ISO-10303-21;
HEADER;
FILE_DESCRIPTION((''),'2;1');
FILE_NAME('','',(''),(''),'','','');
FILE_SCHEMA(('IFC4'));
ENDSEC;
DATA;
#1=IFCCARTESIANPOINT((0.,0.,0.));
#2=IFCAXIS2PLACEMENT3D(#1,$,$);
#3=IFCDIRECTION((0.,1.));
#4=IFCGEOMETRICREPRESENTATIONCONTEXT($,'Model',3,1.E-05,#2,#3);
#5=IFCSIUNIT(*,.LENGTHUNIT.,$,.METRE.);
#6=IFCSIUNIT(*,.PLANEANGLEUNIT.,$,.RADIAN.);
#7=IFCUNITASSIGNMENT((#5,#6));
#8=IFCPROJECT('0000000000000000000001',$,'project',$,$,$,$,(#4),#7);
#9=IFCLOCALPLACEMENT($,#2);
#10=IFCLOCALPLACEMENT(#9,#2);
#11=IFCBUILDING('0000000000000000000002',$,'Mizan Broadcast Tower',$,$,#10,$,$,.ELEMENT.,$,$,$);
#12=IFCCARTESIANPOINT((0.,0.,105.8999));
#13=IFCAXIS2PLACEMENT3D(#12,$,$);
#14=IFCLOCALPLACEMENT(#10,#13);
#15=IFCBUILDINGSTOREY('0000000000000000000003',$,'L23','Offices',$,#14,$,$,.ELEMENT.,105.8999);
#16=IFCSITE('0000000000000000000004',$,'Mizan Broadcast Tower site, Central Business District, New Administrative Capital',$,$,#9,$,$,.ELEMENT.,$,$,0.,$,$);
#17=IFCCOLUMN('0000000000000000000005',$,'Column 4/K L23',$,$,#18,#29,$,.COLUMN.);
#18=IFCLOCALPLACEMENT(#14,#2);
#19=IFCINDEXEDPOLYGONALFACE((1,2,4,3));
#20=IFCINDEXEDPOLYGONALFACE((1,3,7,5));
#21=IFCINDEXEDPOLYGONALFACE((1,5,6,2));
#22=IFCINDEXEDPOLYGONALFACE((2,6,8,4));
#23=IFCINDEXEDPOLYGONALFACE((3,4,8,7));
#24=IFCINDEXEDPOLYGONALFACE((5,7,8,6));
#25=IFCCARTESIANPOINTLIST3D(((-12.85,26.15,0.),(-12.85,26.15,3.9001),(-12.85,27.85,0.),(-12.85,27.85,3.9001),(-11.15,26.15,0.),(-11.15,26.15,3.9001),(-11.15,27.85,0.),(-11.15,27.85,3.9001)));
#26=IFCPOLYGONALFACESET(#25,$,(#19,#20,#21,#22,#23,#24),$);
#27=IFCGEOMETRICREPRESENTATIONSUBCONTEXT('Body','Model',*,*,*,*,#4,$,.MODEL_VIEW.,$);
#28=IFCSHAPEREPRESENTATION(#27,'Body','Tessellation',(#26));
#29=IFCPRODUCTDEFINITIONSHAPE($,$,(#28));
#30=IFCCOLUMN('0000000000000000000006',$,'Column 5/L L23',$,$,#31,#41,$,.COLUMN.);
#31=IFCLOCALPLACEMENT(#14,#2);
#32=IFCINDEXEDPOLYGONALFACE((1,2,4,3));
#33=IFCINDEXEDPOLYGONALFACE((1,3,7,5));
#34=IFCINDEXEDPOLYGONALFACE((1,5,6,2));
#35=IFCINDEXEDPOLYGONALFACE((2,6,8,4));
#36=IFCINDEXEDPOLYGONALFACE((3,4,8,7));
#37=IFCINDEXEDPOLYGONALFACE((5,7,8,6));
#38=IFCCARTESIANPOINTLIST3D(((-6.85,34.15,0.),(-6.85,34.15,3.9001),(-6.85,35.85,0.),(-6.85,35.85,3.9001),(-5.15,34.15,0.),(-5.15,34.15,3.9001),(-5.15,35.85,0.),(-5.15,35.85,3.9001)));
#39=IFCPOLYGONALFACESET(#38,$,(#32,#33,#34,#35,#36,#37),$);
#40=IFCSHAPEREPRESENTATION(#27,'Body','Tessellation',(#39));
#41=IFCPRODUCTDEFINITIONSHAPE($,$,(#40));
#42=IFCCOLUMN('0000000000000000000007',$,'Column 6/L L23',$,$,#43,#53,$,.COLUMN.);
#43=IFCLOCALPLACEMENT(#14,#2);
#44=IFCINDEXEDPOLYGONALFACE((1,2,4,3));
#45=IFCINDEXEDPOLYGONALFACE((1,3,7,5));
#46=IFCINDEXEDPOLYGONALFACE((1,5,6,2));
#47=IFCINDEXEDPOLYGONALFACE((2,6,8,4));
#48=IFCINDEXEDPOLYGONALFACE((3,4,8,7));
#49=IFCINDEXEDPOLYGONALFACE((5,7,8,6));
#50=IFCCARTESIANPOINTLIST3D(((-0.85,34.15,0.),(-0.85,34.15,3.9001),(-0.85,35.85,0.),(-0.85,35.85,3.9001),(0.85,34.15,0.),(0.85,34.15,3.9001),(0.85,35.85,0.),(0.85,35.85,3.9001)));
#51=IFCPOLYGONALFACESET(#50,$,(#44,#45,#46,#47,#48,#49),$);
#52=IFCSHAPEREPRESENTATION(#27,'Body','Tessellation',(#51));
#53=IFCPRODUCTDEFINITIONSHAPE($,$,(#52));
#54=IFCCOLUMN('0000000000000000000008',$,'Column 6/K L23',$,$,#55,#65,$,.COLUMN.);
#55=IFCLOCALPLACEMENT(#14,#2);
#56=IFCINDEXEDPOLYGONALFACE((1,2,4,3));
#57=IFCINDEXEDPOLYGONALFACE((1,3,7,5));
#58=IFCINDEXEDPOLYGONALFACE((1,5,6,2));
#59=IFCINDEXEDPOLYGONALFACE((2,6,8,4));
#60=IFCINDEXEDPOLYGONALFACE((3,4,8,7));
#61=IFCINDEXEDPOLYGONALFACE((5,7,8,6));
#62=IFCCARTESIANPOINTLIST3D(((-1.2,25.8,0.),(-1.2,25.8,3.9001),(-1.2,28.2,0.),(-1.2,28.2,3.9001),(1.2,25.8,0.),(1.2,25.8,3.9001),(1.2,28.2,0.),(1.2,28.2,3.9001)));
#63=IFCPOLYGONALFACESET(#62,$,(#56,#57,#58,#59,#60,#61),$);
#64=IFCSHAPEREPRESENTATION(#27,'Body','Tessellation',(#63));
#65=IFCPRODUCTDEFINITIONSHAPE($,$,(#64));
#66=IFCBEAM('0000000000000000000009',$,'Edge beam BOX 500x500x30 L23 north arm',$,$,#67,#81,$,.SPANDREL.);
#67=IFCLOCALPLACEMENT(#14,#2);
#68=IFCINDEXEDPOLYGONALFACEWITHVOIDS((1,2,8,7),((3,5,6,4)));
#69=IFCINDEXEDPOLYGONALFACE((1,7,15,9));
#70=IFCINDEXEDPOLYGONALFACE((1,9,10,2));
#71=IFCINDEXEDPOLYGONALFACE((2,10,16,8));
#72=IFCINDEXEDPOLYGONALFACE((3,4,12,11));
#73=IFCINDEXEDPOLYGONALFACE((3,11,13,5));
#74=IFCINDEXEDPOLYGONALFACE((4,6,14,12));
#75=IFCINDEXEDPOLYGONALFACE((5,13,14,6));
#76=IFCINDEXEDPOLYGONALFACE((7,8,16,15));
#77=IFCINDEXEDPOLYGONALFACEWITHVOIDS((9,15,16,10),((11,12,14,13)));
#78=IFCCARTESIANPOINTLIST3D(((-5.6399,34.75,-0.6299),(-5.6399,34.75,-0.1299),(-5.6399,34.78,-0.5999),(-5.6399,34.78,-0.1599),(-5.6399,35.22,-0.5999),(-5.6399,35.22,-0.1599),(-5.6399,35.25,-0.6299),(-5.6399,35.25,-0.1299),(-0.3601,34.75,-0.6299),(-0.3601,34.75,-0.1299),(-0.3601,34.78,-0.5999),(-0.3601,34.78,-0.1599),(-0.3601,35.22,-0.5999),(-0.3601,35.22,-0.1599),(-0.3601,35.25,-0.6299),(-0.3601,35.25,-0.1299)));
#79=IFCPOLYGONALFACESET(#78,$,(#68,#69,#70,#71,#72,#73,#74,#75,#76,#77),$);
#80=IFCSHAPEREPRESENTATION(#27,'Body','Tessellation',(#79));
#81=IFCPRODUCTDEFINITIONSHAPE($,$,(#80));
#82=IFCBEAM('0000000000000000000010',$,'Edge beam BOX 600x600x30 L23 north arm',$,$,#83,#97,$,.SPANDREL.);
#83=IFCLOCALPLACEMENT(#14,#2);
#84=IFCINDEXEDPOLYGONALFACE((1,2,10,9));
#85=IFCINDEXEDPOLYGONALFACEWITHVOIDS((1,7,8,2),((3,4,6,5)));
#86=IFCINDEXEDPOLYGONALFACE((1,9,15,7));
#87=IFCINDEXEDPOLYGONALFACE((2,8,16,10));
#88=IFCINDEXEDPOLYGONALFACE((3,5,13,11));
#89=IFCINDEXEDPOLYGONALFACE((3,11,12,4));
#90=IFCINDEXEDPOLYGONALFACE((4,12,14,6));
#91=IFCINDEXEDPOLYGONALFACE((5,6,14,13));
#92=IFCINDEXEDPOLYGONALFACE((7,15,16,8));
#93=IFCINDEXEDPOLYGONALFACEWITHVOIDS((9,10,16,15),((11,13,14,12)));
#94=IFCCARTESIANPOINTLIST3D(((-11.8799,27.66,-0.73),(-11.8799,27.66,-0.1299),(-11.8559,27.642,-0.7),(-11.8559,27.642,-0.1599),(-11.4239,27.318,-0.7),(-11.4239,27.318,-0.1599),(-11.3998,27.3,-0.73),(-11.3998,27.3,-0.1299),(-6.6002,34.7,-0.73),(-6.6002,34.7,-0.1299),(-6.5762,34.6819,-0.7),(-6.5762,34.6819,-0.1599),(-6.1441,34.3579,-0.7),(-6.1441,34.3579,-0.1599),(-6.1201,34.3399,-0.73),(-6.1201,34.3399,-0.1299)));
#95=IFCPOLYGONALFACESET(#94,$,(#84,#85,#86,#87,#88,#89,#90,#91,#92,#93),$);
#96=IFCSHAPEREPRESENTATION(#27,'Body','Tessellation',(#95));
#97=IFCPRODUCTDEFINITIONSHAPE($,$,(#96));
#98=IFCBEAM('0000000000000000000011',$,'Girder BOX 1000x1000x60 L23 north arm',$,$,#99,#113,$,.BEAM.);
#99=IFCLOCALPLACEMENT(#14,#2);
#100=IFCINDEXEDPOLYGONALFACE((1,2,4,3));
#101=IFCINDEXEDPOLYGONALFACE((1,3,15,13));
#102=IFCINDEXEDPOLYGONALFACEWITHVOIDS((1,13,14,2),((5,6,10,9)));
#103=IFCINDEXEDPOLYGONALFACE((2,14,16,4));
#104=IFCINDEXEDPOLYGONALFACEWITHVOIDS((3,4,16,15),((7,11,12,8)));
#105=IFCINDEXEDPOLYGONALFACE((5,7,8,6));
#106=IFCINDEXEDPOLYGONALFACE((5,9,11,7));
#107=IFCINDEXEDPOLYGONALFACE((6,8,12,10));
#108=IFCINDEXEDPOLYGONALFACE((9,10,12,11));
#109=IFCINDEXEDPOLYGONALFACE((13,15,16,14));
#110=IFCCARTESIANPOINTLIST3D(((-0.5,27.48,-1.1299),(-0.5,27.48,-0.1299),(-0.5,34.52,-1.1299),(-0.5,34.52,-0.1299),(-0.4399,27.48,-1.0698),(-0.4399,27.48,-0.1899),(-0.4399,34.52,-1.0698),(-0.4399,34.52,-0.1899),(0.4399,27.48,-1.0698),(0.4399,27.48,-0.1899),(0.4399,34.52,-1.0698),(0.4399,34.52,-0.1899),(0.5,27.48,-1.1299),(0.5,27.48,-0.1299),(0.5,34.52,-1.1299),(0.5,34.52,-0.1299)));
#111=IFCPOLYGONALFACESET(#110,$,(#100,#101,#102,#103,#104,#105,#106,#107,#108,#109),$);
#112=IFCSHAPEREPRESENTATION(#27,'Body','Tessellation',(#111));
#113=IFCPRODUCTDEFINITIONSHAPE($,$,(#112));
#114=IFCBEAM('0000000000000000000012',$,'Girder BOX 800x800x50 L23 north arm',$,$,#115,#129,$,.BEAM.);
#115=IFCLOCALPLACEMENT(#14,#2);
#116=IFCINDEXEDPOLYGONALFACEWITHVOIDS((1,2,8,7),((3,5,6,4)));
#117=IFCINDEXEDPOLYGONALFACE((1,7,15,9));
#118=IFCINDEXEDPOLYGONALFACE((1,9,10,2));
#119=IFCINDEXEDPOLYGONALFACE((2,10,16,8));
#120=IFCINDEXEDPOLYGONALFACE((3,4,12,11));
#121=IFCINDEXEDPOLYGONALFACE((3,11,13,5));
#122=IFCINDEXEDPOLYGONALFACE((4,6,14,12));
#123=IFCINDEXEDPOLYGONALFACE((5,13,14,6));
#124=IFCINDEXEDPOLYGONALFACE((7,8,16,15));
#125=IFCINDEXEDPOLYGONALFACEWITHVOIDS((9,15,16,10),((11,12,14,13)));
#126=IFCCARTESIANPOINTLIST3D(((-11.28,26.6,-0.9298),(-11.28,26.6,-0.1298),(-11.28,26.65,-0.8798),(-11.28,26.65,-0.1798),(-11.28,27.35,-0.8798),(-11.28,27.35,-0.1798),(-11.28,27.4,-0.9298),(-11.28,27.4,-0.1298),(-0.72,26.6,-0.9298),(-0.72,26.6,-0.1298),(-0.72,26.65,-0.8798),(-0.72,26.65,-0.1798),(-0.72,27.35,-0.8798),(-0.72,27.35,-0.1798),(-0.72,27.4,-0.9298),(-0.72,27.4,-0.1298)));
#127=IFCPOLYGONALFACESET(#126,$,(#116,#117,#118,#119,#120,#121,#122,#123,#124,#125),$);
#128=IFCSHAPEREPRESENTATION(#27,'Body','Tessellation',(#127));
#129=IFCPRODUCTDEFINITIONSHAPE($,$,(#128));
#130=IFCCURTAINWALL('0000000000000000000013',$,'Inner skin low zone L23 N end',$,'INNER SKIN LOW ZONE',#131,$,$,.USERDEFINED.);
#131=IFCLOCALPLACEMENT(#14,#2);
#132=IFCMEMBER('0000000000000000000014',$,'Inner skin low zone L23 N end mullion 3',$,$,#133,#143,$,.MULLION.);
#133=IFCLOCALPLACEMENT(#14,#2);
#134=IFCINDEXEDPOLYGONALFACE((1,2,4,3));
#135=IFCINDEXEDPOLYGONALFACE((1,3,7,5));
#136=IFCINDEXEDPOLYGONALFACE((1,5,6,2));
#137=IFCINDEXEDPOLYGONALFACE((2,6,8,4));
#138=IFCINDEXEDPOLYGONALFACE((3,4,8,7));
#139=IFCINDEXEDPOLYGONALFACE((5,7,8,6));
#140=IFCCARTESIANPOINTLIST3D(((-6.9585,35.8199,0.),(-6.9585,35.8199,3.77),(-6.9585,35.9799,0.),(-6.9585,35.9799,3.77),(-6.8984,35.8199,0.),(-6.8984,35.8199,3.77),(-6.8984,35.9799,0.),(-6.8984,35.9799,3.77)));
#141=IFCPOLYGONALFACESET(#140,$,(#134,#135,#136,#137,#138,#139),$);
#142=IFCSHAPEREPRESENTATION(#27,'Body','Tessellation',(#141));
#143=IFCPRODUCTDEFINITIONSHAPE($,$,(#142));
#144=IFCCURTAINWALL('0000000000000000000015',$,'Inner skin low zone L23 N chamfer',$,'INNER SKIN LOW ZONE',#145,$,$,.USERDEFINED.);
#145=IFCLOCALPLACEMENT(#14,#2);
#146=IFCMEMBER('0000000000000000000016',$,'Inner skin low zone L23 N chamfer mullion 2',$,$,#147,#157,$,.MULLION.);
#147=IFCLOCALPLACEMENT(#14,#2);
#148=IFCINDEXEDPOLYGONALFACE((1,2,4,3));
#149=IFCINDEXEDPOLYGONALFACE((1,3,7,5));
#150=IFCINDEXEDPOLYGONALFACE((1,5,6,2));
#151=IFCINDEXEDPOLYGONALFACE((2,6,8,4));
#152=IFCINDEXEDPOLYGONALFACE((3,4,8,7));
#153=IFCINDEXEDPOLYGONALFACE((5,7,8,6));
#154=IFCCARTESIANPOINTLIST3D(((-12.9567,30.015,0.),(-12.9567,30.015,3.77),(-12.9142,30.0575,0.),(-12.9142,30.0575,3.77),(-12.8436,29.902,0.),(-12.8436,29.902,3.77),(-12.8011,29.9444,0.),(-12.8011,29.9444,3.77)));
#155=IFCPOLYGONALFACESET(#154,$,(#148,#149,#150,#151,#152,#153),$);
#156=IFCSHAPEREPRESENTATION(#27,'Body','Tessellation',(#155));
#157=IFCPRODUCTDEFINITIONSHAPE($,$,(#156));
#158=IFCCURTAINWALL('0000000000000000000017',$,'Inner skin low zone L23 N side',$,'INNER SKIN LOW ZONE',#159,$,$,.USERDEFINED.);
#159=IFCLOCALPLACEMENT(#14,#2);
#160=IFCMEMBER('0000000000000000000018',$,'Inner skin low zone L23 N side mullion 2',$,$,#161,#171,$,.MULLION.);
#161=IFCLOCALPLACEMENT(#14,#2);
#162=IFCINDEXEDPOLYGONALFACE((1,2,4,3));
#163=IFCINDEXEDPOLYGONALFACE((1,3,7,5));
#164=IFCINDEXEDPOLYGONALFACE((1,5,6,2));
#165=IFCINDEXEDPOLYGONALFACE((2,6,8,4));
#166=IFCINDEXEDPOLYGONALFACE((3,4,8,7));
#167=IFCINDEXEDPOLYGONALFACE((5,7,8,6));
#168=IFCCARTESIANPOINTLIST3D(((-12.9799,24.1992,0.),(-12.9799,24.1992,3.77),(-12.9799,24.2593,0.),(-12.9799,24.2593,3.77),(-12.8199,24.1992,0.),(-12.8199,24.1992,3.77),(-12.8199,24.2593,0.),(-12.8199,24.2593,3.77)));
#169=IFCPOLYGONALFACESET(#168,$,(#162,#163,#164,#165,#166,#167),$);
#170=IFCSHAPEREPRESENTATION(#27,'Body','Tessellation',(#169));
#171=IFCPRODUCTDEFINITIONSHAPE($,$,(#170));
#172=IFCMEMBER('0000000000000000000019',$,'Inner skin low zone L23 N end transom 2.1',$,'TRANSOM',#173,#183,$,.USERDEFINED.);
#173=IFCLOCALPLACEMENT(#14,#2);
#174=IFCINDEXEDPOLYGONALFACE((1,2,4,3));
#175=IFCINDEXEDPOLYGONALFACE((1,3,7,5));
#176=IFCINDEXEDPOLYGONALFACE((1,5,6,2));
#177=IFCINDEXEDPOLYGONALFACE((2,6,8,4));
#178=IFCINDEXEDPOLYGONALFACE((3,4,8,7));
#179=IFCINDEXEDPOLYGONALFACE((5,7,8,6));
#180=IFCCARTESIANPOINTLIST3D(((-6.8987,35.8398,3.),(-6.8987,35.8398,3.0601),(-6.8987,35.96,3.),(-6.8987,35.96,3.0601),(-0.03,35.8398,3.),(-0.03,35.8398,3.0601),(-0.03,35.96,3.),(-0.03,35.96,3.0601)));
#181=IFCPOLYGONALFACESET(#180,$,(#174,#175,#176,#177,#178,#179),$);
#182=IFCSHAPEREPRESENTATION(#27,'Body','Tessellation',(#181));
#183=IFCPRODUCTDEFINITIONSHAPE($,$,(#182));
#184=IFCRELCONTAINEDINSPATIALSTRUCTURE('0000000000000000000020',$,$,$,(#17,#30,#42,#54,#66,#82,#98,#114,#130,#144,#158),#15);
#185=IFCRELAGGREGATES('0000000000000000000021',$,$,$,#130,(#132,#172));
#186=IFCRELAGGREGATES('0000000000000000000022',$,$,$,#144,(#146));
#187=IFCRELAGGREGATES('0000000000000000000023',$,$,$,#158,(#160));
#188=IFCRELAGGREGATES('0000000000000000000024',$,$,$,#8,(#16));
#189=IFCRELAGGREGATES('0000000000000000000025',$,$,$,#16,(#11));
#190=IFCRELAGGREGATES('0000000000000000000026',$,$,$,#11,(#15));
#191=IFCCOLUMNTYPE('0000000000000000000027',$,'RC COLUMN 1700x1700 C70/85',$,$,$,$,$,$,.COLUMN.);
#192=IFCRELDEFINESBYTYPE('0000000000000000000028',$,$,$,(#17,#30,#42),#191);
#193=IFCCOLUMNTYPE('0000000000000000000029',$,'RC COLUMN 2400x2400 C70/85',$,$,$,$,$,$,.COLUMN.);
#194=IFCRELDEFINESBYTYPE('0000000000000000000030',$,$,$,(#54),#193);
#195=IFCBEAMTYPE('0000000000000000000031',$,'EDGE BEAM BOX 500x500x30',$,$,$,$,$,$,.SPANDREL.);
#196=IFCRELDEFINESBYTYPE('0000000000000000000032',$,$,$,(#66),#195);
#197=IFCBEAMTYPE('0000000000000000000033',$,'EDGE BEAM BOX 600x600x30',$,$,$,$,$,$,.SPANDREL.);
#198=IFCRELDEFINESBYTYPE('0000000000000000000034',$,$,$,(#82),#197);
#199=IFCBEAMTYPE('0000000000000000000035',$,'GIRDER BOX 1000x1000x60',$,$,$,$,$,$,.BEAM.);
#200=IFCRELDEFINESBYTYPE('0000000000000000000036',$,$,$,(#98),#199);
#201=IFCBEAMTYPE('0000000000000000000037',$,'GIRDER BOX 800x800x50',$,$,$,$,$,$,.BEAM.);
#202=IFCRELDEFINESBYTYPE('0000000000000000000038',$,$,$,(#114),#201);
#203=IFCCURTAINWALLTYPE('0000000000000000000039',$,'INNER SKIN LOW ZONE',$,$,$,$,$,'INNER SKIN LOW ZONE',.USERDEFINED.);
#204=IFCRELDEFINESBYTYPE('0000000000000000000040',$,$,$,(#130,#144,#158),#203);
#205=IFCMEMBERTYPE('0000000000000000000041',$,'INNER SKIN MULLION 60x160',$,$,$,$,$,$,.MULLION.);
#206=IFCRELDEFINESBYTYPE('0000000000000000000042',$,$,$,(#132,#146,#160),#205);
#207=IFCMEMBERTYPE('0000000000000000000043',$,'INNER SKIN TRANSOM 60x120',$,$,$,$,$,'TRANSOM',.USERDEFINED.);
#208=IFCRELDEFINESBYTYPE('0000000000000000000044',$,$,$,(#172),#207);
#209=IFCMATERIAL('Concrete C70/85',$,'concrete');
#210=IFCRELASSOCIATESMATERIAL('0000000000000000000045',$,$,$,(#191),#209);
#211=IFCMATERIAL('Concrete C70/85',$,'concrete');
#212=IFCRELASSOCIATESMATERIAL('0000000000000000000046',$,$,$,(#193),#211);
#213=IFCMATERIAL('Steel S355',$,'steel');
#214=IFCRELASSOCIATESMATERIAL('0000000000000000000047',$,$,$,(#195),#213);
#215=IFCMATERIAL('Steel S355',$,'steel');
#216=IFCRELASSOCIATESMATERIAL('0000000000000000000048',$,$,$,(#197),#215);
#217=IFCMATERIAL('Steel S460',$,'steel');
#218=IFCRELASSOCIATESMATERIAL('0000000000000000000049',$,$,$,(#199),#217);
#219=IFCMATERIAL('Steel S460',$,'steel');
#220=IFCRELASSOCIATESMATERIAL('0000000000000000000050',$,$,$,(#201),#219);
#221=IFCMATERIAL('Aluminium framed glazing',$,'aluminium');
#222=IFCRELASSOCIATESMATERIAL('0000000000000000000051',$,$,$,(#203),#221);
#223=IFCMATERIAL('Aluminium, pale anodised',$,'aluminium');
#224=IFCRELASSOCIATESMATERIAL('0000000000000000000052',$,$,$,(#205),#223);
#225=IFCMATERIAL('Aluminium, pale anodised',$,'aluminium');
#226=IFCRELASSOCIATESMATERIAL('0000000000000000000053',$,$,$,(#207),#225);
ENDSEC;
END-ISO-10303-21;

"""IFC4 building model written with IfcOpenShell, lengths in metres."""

from ifc_helpers import new_model, si_unit, direction, frame, origin, origin_2d, place, context, subcontext, project, spatial, rectangle, hollow_rectangle, extrude, material, material_profile, profile_set, type_object, element, aggregate, save


model = new_model("IFC4")

# Units and contexts
model_context = context("Model", 3, precision=1e-05, world=origin(), true_north=direction((0.0, 1.0)))
body_context = subcontext(model_context, "Body", "Model", "MODEL_VIEW")
ifc_project = project(units=[si_unit("LENGTHUNIT", "METRE"), si_unit("PLANEANGLEUNIT", "RADIAN")], contexts=[model_context])

# Site, building, storey
site_placement = place(None, origin())
site = spatial("IfcSite", under=ifc_project, at=site_placement, Name="Mizan Broadcast Tower site, Central Business District, New Administrative Capital", CompositionType="ELEMENT", RefElevation=0.0)
building_placement = place(site_placement, origin())
building = spatial("IfcBuilding", under=site, at=building_placement, Name="Mizan Broadcast Tower", CompositionType="ELEMENT")
storey_placement = place(building_placement, frame((0.0, 0.0, 105.8999)))
storey = spatial("IfcBuildingStorey", under=building, at=storey_placement, Name="L23", Description="Offices", CompositionType="ELEMENT", Elevation=105.8999)

# Columns
ifc_material_1 = material(Name="Concrete C70/85", Category="concrete")
ifc_material_profile_1 = material_profile(ifc_material_1, rectangle(XDim=1.7, YDim=1.7, at=origin_2d()), Name="RC 1700x1700")
ifc_profile_set_1 = profile_set([ifc_material_profile_1], Name="Concrete C70/85")
column_type_1 = type_object("IfcColumnType", Name="RC COLUMN 1700x1700 C70/85", PredefinedType="COLUMN", material=ifc_profile_set_1)
for number, where, z_axis, x_axis, name in (
    (1, (-12.0, 27.0, 0.0), (0.0, 0.0, 1.0), (1.0, 0.0, 0.0), "Column 4/K L23"),
    (2, (-6.0, 35.0, 0.0), (0.0, 0.0, 1.0), (1.0, 0.0, 0.0), "Column 5/L L23"),
    (3, (0.0, 35.0, 0.0), (0.0, 0.0, 1.0), (1.0, 0.0, 0.0), "Column 6/L L23"),
):
    element("IfcColumn", number, at=place(storey_placement, frame(where, z_axis=z_axis, x_axis=x_axis)), inside=storey, type_object=column_type_1, Name=name, PredefinedType="COLUMN", context=body_context, shape_type="SweptSolid", body=[
        extrude(rectangle(XDim=1.7, YDim=1.7, at=origin_2d()), origin(), (0.0, 0.0, 1.0), 3.9001),
    ])
ifc_material_2 = material(Name="Concrete C70/85", Category="concrete")
ifc_material_profile_2 = material_profile(ifc_material_2, rectangle(XDim=2.3999, YDim=2.3999, at=origin_2d()), Name="RC 2400x2400")
ifc_profile_set_2 = profile_set([ifc_material_profile_2], Name="Concrete C70/85")
column_type_2 = type_object("IfcColumnType", Name="RC COLUMN 2400x2400 C70/85", PredefinedType="COLUMN", material=ifc_profile_set_2)
column_placement = place(storey_placement, frame((0.0, 27.0, 0.0), z_axis=(0.0, 0.0, 1.0), x_axis=(1.0, 0.0, 0.0)))
element("IfcColumn", 4, at=column_placement, inside=storey, type_object=column_type_2, Name="Column 6/K L23", PredefinedType="COLUMN", context=body_context, shape_type="SweptSolid", body=[
    extrude(rectangle(XDim=2.3999, YDim=2.3999, at=origin_2d()), origin(), (0.0, 0.0, 1.0), 3.9001),
])

# Beams
ifc_material_3 = material(Name="Steel S355", Category="steel")
ifc_material_profile_3 = material_profile(ifc_material_3, hollow_rectangle(XDim=0.5, YDim=0.5, WallThickness=0.03, at=origin_2d()), Name="BOX 500x500x30")
ifc_profile_set_3 = profile_set([ifc_material_profile_3], Name="Steel S355")
beam_type_1 = type_object("IfcBeamType", Name="EDGE BEAM BOX 500x500x30", PredefinedType="SPANDREL", material=ifc_profile_set_3)
beam_1_placement = place(storey_placement, frame((-5.6399, 35.0, -0.3799), z_axis=(1.0, 0.0, 0.0), x_axis=(0.0, 1.0, 0.0)))
element("IfcBeam", 5, at=beam_1_placement, inside=storey, type_object=beam_type_1, Name="Edge beam BOX 500x500x30 L23 north arm", PredefinedType="SPANDREL", context=body_context, shape_type="SweptSolid", body=[
    extrude(hollow_rectangle(XDim=0.5, YDim=0.5, WallThickness=0.03, at=origin_2d()), origin(), (0.0, 0.0, 1.0), 5.2798),
])
ifc_material_4 = material(Name="Steel S355", Category="steel")
ifc_material_profile_4 = material_profile(ifc_material_4, hollow_rectangle(XDim=0.6001, YDim=0.6001, WallThickness=0.03, at=origin_2d()), Name="BOX 600x600x30")
ifc_profile_set_4 = profile_set([ifc_material_profile_4], Name="Steel S355")
beam_type_2 = type_object("IfcBeamType", Name="EDGE BEAM BOX 600x600x30", PredefinedType="SPANDREL", material=ifc_profile_set_4)
beam_2_placement = place(storey_placement, frame((-11.6399, 27.48, -0.4299), z_axis=(0.599982, 0.800013, 0.0), x_axis=(-0.800013, 0.599982, 0.0)))
element("IfcBeam", 6, at=beam_2_placement, inside=storey, type_object=beam_type_2, Name="Edge beam BOX 600x600x30 L23 north arm", PredefinedType="SPANDREL", context=body_context, shape_type="SweptSolid", body=[
    extrude(hollow_rectangle(XDim=0.6001, YDim=0.6001, WallThickness=0.03, at=origin_2d()), origin(), (0.0, 0.0, 1.0), 8.7998),
])
ifc_material_5 = material(Name="Steel S460", Category="steel")
ifc_material_profile_5 = material_profile(ifc_material_5, hollow_rectangle(XDim=1.0, YDim=1.0, WallThickness=0.0601, at=origin_2d()), Name="BOX 1000x1000x60")
ifc_profile_set_5 = profile_set([ifc_material_profile_5], Name="Steel S460")
beam_type_3 = type_object("IfcBeamType", Name="GIRDER BOX 1000x1000x60", PredefinedType="BEAM", material=ifc_profile_set_5)
beam_3_placement = place(storey_placement, frame((0.0, 27.48, -0.6299), z_axis=(0.0, 1.0, 0.0), x_axis=(-1.0, 0.0, 0.0)))
element("IfcBeam", 7, at=beam_3_placement, inside=storey, type_object=beam_type_3, Name="Girder BOX 1000x1000x60 L23 north arm", PredefinedType="BEAM", context=body_context, shape_type="SweptSolid", body=[
    extrude(hollow_rectangle(XDim=1.0, YDim=1.0, WallThickness=0.0601, at=origin_2d()), origin(), (0.0, 0.0, 1.0), 7.04),
])
ifc_material_6 = material(Name="Steel S460", Category="steel")
ifc_material_profile_6 = material_profile(ifc_material_6, hollow_rectangle(XDim=0.8, YDim=0.8, WallThickness=0.05, at=origin_2d()), Name="BOX 800x800x50")
ifc_profile_set_6 = profile_set([ifc_material_profile_6], Name="Steel S460")
beam_type_4 = type_object("IfcBeamType", Name="GIRDER BOX 800x800x50", PredefinedType="BEAM", material=ifc_profile_set_6)
beam_4_placement = place(storey_placement, frame((-11.28, 27.0, -0.5298), z_axis=(1.0, 0.0, 0.0), x_axis=(0.0, 1.0, 0.0)))
element("IfcBeam", 8, at=beam_4_placement, inside=storey, type_object=beam_type_4, Name="Girder BOX 800x800x50 L23 north arm", PredefinedType="BEAM", context=body_context, shape_type="SweptSolid", body=[
    extrude(hollow_rectangle(XDim=0.8, YDim=0.8, WallThickness=0.05, at=origin_2d()), origin(), (0.0, 0.0, 1.0), 10.5601),
])

# Curtain walls, members
ifc_material_7 = material(Name="Aluminium framed glazing", Category="aluminium")
curtain_wall_type_1 = type_object("IfcCurtainWallType", Name="INNER SKIN LOW ZONE", ElementType="INNER SKIN LOW ZONE", PredefinedType="USERDEFINED", material=ifc_material_7)
curtain_wall_1_placement = place(storey_placement, origin())
curtain_wall_1 = element("IfcCurtainWall", 9, at=curtain_wall_1_placement, inside=storey, type_object=curtain_wall_type_1, Name="Inner skin low zone L23 N end", ObjectType="INNER SKIN LOW ZONE", PredefinedType="USERDEFINED")
ifc_material_8 = material(Name="Aluminium, pale anodised", Category="aluminium")
ifc_material_profile_7 = material_profile(ifc_material_8, rectangle(XDim=0.1599, YDim=0.0601, at=origin_2d()), Name="MULLION 160x60")
ifc_profile_set_7 = profile_set([ifc_material_profile_7], Name="Aluminium, pale anodised")
member_type_1 = type_object("IfcMemberType", Name="INNER SKIN MULLION 60x160", PredefinedType="MULLION", material=ifc_profile_set_7)
member_1_placement = place(storey_placement, frame((-6.9285, 35.8999, 0.0), z_axis=(0.0, 0.0, 1.0), x_axis=(0.0, -1.0, 0.0)))
member_1 = element("IfcMember", 10, at=member_1_placement, type_object=member_type_1, Name="Inner skin low zone L23 N end mullion 3", PredefinedType="MULLION", context=body_context, shape_type="SweptSolid", body=[
    extrude(rectangle(XDim=0.1599, YDim=0.0601, at=origin_2d()), origin(), (0.0, 0.0, 1.0), 3.77),
])
curtain_wall_2_placement = place(storey_placement, origin())
curtain_wall_2 = element("IfcCurtainWall", 11, at=curtain_wall_2_placement, inside=storey, type_object=curtain_wall_type_1, Name="Inner skin low zone L23 N chamfer", ObjectType="INNER SKIN LOW ZONE", PredefinedType="USERDEFINED")
member_2_placement = place(storey_placement, frame((-12.8789, 29.9797, 0.0), z_axis=(0.0, 0.0, 1.0), x_axis=(0.707107, -0.707107, 0.0)))
member_2 = element("IfcMember", 12, at=member_2_placement, type_object=member_type_1, Name="Inner skin low zone L23 N chamfer mullion 2", PredefinedType="MULLION", context=body_context, shape_type="SweptSolid", body=[
    extrude(rectangle(XDim=0.1599, YDim=0.0601, at=origin_2d()), origin(), (0.0, 0.0, 1.0), 3.77),
])
curtain_wall_3_placement = place(storey_placement, origin())
curtain_wall_3 = element("IfcCurtainWall", 13, at=curtain_wall_3_placement, inside=storey, type_object=curtain_wall_type_1, Name="Inner skin low zone L23 N side", ObjectType="INNER SKIN LOW ZONE", PredefinedType="USERDEFINED")
member_3_placement = place(storey_placement, frame((-12.8999, 24.2292, 0.0), z_axis=(0.0, 0.0, 1.0), x_axis=(1.0, 0.0, 0.0)))
member_3 = element("IfcMember", 14, at=member_3_placement, type_object=member_type_1, Name="Inner skin low zone L23 N side mullion 2", PredefinedType="MULLION", context=body_context, shape_type="SweptSolid", body=[
    extrude(rectangle(XDim=0.1599, YDim=0.0601, at=origin_2d()), origin(), (0.0, 0.0, 1.0), 3.77),
])

# Member
ifc_material_9 = material(Name="Aluminium, pale anodised", Category="aluminium")
ifc_material_profile_8 = material_profile(ifc_material_9, rectangle(XDim=0.1201, YDim=0.0601, at=origin_2d()), Name="TRANSOM 120x60")
ifc_profile_set_8 = profile_set([ifc_material_profile_8], Name="Aluminium, pale anodised")
member_type_2 = type_object("IfcMemberType", Name="INNER SKIN TRANSOM 60x120", ElementType="TRANSOM", PredefinedType="USERDEFINED", material=ifc_profile_set_8)
member_4_placement = place(storey_placement, frame((-0.03, 35.8999, 3.03), z_axis=(-1.0, 0.0, 0.0), x_axis=(0.0, -1.0, 0.0)))
member_4 = element("IfcMember", 15, at=member_4_placement, type_object=member_type_2, Name="Inner skin low zone L23 N end transom 2.1", ObjectType="TRANSOM", PredefinedType="USERDEFINED", context=body_context, shape_type="SweptSolid", body=[
    extrude(rectangle(XDim=0.1201, YDim=0.0601, at=origin_2d()), origin(), (0.0, 0.0, 1.0), 6.8687),
])

aggregate(curtain_wall_1, [member_1, member_4])
aggregate(curtain_wall_2, [member_2])
aggregate(curtain_wall_3, [member_3])

save(model, "model.ifc")
